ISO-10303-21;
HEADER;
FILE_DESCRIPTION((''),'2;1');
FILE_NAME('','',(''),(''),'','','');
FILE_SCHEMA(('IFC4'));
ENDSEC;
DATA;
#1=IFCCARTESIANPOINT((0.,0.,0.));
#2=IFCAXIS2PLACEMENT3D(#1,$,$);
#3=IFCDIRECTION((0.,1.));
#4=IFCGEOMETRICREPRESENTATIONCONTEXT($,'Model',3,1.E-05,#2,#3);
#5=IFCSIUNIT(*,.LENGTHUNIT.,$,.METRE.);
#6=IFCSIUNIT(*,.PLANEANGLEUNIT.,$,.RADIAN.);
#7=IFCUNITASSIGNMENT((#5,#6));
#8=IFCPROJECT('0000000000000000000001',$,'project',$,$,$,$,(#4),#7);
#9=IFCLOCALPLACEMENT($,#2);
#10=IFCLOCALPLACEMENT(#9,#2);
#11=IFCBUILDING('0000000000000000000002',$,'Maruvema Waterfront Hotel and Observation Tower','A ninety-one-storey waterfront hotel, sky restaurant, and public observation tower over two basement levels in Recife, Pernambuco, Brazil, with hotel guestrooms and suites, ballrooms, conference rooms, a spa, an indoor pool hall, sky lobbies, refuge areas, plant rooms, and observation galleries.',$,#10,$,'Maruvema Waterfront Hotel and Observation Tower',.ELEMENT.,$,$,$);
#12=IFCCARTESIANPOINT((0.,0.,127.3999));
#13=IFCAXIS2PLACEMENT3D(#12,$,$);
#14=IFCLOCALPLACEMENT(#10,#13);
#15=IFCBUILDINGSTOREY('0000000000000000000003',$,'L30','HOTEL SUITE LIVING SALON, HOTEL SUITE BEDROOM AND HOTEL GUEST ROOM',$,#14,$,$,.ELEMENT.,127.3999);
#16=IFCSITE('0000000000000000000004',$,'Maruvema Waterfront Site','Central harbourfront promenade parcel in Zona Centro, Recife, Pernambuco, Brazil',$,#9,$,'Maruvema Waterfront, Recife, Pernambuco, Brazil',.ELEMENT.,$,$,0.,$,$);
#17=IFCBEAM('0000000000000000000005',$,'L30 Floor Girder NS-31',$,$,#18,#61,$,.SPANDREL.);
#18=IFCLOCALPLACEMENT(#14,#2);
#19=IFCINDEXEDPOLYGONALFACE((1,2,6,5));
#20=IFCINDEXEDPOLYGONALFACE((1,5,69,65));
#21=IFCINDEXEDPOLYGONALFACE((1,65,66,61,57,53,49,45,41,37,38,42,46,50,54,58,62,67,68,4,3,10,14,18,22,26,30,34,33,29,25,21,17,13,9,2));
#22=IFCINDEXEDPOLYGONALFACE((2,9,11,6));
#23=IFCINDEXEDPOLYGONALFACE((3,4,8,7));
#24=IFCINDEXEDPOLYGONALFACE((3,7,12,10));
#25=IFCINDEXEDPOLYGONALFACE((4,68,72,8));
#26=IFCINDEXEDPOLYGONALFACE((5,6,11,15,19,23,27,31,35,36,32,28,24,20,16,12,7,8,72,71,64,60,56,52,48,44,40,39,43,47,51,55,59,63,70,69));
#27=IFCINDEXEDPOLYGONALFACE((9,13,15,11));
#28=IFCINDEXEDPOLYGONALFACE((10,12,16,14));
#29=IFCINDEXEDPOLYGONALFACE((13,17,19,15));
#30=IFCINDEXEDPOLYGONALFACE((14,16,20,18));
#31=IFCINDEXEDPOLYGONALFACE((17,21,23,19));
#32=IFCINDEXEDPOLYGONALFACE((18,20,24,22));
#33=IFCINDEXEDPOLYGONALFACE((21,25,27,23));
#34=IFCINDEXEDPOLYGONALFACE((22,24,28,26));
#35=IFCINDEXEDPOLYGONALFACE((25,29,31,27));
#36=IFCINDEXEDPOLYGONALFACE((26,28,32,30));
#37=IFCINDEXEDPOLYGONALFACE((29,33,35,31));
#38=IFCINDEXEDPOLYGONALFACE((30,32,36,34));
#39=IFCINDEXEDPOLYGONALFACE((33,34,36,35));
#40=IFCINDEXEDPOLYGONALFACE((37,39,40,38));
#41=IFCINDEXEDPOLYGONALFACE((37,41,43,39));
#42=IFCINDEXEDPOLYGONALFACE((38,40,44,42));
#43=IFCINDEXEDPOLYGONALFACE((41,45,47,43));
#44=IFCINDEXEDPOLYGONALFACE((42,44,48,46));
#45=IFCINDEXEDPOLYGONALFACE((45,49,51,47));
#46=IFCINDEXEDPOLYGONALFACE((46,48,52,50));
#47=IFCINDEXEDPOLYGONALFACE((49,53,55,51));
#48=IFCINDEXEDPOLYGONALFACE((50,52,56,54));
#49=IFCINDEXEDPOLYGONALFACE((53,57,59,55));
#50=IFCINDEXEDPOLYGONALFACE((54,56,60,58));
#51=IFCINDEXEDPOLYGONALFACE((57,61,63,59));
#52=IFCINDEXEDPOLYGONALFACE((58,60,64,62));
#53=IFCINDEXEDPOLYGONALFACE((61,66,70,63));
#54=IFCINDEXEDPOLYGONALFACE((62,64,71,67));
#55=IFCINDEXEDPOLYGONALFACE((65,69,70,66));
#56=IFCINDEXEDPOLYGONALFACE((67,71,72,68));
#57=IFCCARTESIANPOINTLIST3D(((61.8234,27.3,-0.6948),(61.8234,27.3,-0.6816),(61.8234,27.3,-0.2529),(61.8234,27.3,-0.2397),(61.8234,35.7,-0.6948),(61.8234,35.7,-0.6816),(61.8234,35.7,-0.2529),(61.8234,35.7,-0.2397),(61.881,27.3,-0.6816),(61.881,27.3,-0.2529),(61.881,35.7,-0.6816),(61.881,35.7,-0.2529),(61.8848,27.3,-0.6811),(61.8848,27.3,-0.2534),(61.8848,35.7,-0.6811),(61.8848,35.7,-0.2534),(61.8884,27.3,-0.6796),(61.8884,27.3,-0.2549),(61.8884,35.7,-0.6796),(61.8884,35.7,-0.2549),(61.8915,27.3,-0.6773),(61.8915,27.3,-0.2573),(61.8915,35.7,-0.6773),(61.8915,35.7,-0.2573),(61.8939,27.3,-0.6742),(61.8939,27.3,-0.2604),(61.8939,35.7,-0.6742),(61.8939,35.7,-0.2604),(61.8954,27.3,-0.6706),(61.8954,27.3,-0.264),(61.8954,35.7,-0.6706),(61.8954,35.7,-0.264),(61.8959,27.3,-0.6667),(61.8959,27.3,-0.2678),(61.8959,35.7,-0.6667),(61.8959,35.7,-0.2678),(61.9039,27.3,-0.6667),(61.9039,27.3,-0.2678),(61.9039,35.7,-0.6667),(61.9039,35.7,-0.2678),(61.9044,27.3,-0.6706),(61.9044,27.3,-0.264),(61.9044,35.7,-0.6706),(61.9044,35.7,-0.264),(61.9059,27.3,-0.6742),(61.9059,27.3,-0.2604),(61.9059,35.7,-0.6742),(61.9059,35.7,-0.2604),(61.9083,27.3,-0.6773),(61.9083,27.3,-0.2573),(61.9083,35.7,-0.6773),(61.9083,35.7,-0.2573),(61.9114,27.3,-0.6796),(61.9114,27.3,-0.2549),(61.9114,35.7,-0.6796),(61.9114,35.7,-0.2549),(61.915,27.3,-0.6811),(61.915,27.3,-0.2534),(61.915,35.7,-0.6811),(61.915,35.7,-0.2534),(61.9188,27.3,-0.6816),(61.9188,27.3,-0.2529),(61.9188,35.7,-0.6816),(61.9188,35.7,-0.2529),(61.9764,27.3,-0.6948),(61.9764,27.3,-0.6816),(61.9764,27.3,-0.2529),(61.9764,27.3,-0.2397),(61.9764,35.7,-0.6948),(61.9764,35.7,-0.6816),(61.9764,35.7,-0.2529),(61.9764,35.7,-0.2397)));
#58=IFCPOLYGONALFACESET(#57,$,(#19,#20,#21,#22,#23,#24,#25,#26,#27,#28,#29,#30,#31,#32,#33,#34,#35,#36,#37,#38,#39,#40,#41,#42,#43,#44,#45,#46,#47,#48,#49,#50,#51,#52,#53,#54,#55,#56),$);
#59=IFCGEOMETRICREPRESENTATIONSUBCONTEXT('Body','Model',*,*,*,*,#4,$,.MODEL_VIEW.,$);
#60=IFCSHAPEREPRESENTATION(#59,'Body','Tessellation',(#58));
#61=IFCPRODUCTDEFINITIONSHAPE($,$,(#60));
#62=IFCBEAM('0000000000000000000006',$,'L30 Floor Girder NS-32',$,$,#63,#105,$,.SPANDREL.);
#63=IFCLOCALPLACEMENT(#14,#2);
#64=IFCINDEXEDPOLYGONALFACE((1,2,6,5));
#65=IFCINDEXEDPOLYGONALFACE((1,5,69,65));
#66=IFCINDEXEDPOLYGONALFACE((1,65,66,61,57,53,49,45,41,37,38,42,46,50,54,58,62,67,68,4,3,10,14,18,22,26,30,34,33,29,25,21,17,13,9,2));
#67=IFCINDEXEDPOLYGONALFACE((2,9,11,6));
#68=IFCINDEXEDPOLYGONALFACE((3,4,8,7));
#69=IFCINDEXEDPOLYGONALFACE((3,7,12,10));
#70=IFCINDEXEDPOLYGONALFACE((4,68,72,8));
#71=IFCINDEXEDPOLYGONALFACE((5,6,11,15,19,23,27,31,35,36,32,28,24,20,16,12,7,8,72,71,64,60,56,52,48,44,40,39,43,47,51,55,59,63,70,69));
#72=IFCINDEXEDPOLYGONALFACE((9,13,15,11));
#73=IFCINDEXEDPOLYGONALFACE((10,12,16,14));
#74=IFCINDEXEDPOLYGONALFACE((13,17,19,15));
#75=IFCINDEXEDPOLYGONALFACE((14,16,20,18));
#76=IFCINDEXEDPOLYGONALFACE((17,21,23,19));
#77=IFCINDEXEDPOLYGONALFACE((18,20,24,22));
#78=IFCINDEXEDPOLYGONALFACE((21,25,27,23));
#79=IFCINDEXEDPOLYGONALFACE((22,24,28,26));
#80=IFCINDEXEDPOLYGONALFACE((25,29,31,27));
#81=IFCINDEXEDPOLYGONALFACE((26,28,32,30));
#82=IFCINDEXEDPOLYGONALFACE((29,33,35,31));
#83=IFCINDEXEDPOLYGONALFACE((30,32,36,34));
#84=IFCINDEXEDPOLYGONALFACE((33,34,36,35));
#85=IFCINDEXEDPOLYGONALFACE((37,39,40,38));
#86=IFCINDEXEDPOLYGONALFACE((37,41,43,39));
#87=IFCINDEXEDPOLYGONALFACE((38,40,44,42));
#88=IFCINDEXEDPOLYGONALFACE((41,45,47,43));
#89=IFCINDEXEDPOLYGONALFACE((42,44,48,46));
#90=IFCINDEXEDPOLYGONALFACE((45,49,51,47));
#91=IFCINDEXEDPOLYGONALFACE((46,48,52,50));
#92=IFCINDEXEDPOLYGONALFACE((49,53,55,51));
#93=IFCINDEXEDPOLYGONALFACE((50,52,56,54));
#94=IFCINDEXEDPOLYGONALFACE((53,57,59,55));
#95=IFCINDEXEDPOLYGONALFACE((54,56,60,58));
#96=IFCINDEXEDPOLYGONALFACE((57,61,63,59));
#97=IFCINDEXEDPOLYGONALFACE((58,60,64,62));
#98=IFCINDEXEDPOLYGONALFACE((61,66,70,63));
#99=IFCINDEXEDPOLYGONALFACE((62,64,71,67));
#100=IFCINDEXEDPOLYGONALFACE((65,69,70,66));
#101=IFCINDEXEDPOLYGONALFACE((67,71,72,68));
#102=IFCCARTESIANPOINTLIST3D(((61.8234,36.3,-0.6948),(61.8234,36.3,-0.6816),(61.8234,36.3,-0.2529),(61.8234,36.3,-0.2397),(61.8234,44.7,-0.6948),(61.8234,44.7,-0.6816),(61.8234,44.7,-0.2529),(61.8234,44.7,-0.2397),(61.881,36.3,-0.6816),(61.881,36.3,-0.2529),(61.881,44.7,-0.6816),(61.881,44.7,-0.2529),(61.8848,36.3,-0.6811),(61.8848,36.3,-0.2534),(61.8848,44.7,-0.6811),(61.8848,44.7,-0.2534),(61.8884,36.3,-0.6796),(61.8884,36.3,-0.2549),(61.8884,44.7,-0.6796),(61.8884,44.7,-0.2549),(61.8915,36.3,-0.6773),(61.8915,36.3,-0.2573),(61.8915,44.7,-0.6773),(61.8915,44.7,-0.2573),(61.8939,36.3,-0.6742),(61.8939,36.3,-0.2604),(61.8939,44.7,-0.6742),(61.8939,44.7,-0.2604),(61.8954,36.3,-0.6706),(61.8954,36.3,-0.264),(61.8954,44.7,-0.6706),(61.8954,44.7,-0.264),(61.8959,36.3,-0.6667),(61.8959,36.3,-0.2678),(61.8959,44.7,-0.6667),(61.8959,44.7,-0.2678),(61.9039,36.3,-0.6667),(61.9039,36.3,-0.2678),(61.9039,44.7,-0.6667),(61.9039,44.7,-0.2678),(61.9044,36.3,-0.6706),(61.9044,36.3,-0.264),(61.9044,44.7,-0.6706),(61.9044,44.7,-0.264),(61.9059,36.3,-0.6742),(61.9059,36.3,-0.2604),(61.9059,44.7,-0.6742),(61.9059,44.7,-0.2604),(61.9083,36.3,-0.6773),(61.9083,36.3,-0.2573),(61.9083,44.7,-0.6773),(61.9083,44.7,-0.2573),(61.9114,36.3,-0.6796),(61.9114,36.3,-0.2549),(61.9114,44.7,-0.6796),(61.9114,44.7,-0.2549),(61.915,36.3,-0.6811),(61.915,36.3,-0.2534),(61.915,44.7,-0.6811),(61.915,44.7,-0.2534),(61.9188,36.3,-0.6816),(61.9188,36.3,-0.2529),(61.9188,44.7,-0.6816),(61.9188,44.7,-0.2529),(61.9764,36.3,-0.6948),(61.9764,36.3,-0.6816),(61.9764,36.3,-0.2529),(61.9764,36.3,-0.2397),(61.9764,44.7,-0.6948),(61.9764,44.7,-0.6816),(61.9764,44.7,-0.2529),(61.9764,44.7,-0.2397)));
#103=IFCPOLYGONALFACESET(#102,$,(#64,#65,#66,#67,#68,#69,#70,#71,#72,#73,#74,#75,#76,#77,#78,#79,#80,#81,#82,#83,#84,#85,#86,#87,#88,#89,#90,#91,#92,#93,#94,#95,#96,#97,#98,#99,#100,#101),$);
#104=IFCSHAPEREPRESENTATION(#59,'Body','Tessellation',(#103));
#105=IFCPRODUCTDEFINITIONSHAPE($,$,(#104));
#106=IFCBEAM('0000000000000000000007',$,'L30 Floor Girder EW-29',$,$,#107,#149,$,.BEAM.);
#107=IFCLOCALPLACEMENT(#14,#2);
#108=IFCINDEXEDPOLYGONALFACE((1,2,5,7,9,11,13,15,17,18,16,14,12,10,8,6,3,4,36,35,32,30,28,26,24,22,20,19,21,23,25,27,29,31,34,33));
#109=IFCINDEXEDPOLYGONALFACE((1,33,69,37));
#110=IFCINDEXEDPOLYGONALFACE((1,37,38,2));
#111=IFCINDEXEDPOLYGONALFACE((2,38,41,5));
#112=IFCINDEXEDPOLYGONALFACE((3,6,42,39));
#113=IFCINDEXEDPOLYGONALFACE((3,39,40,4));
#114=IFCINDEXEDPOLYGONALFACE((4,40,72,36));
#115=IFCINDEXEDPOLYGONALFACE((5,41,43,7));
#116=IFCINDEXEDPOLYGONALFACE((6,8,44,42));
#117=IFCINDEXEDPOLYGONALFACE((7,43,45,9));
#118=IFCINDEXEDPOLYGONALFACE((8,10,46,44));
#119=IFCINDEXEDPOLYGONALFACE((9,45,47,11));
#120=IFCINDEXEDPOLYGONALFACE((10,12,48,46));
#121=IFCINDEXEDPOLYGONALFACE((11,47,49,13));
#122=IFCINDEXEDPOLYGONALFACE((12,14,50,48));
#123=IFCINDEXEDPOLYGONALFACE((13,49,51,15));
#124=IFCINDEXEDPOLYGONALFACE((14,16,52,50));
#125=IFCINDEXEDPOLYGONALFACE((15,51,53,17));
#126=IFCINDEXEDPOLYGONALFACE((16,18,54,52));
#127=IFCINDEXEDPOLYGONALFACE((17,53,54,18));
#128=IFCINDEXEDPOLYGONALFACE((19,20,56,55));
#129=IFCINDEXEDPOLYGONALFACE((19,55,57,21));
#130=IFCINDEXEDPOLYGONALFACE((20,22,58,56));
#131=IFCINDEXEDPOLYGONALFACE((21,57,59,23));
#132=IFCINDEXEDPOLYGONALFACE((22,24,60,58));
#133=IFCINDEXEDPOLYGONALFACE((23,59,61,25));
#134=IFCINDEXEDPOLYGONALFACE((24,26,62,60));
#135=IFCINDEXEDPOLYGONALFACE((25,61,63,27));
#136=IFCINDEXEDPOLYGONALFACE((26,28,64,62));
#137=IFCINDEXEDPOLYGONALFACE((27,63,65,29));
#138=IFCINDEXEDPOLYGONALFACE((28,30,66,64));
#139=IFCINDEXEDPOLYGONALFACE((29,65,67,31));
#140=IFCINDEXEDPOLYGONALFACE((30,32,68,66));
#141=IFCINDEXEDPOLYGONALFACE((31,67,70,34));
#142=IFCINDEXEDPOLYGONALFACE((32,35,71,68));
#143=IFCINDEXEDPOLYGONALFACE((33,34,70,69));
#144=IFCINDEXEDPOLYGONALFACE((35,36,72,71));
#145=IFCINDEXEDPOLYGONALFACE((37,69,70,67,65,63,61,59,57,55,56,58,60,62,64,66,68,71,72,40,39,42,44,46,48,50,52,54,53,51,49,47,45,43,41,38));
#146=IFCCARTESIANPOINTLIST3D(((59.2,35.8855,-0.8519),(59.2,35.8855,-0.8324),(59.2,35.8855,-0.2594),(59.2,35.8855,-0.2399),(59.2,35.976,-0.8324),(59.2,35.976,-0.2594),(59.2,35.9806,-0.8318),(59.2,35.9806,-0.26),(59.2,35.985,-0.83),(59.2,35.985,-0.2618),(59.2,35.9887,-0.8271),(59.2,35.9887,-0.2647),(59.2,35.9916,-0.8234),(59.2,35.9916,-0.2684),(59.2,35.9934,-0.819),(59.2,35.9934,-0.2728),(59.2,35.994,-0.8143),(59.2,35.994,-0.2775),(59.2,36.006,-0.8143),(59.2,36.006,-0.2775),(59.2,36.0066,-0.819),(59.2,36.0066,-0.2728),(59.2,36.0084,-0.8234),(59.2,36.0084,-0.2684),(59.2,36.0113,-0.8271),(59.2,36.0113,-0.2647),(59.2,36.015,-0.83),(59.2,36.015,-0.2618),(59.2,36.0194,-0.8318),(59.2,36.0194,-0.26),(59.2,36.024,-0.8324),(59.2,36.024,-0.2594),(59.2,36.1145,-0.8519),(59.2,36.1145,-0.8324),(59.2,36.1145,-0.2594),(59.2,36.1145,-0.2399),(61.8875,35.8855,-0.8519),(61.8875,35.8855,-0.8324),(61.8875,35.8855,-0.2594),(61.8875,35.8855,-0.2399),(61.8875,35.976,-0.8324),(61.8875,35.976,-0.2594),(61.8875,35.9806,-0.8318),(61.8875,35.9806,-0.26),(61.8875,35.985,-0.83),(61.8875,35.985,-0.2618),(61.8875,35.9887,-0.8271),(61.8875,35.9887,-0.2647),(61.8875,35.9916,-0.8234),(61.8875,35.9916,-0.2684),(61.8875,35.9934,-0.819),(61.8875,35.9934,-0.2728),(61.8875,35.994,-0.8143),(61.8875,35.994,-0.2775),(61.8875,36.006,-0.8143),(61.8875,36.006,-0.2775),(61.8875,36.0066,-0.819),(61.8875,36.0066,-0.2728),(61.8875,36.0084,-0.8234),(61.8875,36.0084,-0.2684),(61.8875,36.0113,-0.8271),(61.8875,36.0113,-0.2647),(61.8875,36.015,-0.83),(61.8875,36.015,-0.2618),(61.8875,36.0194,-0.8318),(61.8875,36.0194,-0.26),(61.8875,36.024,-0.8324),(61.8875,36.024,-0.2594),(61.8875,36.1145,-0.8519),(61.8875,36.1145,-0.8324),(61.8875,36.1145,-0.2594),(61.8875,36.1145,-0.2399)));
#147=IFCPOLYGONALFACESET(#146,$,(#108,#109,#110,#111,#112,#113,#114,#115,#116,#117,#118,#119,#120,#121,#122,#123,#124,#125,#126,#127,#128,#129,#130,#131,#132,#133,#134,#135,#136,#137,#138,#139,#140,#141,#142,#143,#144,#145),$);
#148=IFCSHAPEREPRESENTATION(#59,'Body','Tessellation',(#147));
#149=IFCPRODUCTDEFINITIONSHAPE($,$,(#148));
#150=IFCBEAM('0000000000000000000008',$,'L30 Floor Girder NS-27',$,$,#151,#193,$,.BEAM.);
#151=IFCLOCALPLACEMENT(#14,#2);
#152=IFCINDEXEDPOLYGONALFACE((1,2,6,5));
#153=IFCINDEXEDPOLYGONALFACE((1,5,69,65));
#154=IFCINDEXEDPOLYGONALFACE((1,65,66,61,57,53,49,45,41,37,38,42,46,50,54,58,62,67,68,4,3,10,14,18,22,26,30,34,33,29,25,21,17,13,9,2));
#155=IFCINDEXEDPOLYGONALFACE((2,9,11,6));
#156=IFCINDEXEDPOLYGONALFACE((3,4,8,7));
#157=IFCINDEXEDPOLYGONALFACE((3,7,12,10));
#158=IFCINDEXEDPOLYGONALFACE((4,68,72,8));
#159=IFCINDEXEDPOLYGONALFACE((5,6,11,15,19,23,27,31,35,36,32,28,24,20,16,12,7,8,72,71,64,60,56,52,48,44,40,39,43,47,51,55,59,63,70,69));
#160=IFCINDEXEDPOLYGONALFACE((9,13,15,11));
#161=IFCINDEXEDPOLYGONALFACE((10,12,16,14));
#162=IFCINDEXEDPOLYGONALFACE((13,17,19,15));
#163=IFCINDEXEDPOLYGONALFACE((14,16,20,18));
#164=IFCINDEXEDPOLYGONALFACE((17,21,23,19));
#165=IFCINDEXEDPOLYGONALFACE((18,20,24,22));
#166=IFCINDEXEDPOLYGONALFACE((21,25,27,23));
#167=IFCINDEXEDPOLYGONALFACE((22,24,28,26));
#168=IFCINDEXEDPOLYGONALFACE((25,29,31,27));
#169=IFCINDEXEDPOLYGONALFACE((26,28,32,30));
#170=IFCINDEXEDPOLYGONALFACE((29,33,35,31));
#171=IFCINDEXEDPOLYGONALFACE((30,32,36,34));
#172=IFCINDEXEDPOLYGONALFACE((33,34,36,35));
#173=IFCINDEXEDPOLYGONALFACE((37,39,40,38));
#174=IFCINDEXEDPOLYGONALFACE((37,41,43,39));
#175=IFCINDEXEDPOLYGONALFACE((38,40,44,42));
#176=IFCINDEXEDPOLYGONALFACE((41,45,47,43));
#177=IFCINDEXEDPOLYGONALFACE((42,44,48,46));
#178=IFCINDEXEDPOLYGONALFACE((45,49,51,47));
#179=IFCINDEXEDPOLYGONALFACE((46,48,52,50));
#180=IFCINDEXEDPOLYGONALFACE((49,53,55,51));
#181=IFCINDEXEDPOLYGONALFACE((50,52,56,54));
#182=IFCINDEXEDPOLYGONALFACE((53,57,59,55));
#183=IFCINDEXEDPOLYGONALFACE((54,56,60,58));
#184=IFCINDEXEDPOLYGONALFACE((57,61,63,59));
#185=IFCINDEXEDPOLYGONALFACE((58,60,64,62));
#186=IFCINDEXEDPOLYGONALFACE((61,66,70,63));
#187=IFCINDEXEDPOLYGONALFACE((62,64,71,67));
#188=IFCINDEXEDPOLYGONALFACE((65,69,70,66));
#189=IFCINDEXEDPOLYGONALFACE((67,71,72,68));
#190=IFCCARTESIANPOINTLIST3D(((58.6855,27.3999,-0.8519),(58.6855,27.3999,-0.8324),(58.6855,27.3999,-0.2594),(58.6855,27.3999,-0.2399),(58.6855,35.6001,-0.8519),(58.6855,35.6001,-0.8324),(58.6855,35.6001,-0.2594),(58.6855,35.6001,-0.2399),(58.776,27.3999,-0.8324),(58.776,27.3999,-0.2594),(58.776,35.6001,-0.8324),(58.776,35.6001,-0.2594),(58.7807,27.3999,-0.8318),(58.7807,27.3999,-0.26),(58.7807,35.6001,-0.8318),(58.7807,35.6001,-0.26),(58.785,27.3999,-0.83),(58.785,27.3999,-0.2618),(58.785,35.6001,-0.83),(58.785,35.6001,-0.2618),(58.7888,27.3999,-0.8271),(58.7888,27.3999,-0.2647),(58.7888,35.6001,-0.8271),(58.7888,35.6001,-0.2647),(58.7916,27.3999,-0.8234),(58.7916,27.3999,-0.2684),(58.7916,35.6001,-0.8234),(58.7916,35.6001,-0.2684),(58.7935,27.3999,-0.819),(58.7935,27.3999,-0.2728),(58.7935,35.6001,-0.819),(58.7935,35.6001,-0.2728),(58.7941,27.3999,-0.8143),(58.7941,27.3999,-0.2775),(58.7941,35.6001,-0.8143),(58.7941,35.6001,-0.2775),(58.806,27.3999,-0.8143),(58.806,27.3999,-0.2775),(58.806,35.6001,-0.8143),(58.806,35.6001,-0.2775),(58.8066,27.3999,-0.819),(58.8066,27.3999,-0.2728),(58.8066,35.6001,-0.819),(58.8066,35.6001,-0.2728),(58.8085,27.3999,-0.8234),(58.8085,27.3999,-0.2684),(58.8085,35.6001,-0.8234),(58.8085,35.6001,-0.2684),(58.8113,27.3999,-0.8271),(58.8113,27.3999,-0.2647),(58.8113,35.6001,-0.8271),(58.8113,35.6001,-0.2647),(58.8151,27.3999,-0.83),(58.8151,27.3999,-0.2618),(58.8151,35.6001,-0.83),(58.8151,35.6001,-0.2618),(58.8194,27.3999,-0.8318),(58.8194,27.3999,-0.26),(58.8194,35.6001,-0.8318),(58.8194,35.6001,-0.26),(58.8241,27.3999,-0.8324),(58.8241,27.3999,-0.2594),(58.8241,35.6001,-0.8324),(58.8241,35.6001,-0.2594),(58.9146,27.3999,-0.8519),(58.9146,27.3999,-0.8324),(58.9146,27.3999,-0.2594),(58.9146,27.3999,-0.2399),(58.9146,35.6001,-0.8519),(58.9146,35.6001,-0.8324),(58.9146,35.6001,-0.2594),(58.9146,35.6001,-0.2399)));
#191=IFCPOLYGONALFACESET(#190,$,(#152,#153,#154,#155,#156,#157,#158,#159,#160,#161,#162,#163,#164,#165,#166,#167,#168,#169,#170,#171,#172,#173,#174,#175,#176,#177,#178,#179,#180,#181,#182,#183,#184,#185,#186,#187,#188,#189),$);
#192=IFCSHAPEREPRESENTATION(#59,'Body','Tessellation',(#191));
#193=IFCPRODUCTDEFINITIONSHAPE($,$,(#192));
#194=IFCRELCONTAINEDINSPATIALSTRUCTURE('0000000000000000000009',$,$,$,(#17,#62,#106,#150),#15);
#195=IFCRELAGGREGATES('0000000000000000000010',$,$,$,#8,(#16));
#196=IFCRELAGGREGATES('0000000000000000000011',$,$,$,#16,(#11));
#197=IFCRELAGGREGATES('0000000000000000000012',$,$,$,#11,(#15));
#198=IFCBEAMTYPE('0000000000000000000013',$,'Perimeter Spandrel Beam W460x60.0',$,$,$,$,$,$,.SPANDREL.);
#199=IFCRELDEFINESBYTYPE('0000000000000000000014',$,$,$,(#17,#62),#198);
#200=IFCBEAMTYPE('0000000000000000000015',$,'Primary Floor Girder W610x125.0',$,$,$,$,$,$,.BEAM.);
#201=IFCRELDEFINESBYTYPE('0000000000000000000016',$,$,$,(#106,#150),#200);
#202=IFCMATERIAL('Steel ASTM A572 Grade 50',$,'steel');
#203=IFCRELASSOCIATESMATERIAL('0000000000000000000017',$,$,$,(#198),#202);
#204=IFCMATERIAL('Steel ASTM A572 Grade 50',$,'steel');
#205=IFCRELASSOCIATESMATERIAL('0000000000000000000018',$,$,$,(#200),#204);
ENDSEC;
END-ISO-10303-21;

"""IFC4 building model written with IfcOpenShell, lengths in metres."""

from ifc_helpers import new_model, si_unit, direction, frame, origin, origin_2d, place, context, subcontext, project, spatial, i_section, extrude, material, material_profile, profile_set, type_object, element, save


model = new_model("IFC4")

# Units and contexts
model_context = context("Model", 3, precision=1e-05, world=origin(), true_north=direction((0.0, 1.0)))
body_context = subcontext(model_context, "Body", "Model", "MODEL_VIEW")
ifc_project = project(units=[si_unit("LENGTHUNIT", "METRE"), si_unit("PLANEANGLEUNIT", "RADIAN")], contexts=[model_context])

# Site, building, storey
site_placement = place(None, origin())
site = spatial("IfcSite", under=ifc_project, at=site_placement, Name="Maruvema Waterfront Site", Description="Central harbourfront promenade parcel in Zona Centro, Recife, Pernambuco, Brazil", LongName="Maruvema Waterfront, Recife, Pernambuco, Brazil", CompositionType="ELEMENT", RefElevation=0.0)
building_placement = place(site_placement, origin())
building = spatial("IfcBuilding", under=site, at=building_placement, Name="Maruvema Waterfront Hotel and Observation Tower", Description="A ninety-one-storey waterfront hotel, sky restaurant, and public observation tower over two basement levels in Recife, Pernambuco, Brazil, with hotel guestrooms and suites, ballrooms, conference rooms, a spa, an indoor pool hall, sky lobbies, refuge areas, plant rooms, and observation galleries.", LongName="Maruvema Waterfront Hotel and Observation Tower", CompositionType="ELEMENT")
storey_placement = place(building_placement, frame((0.0, 0.0, 127.3999)))
storey = spatial("IfcBuildingStorey", under=building, at=storey_placement, Name="L30", Description="HOTEL SUITE LIVING SALON, HOTEL SUITE BEDROOM AND HOTEL GUEST ROOM", CompositionType="ELEMENT", Elevation=127.3999)

# Beams
ifc_material_1 = material(Name="Steel ASTM A572 Grade 50", Category="steel")
ifc_material_profile_1 = material_profile(ifc_material_1, i_section(OverallWidth=0.1531, OverallDepth=0.4551, WebThickness=0.0081, FlangeThickness=0.0132, FilletRadius=0.0149, at=origin_2d()), Name="W460x60.0")
ifc_profile_set_1 = profile_set([ifc_material_profile_1], Name="Steel ASTM A572 Grade 50")
beam_type_1 = type_object("IfcBeamType", Name="Perimeter Spandrel Beam W460x60.0", PredefinedType="SPANDREL", material=ifc_profile_set_1)
for number, where, z_axis, x_axis, name in (
    (1, (61.8999, 27.3, -0.4673), (0.0, 1.0, 0.0), (-1.0, 0.0, 0.0), "L30 Floor Girder NS-31"),
    (2, (61.8999, 36.3, -0.4673), (0.0, 1.0, 0.0), (-1.0, 0.0, 0.0), "L30 Floor Girder NS-32"),
):
    element("IfcBeam", number, at=place(storey_placement, frame(where, z_axis=z_axis, x_axis=x_axis)), inside=storey, type_object=beam_type_1, Name=name, PredefinedType="SPANDREL", context=body_context, shape_type="SweptSolid", body=[
        extrude(i_section(OverallWidth=0.1531, OverallDepth=0.4551, WebThickness=0.0081, FlangeThickness=0.0132, FilletRadius=0.0149, at=origin_2d()), origin(), (0.0, 0.0, 1.0), 8.3999),
    ])
ifc_material_2 = material(Name="Steel ASTM A572 Grade 50", Category="steel")
ifc_material_profile_2 = material_profile(ifc_material_2, i_section(OverallWidth=0.229, OverallDepth=0.6121, WebThickness=0.012, FlangeThickness=0.0195, FilletRadius=0.0181, at=origin_2d()), Name="W610x125.0")
ifc_profile_set_2 = profile_set([ifc_material_profile_2], Name="Steel ASTM A572 Grade 50")
beam_type_2 = type_object("IfcBeamType", Name="Primary Floor Girder W610x125.0", PredefinedType="BEAM", material=ifc_profile_set_2)
beam_1_placement = place(storey_placement, frame((59.2, 36.0, -0.5459), z_axis=(1.0, 0.0, 0.0), x_axis=(0.0, 1.0, 0.0)))
element("IfcBeam", 3, at=beam_1_placement, inside=storey, type_object=beam_type_2, Name="L30 Floor Girder EW-29", PredefinedType="BEAM", context=body_context, shape_type="SweptSolid", body=[
    extrude(i_section(OverallWidth=0.229, OverallDepth=0.6121, WebThickness=0.012, FlangeThickness=0.0195, FilletRadius=0.0181, at=origin_2d()), origin(), (0.0, 0.0, 1.0), 2.6875),
])
for number, where, z_axis, x_axis, name in (
    (4, (58.8, 27.3999, -0.5459), (0.0, 1.0, 0.0), (-1.0, 0.0, 0.0), "L30 Floor Girder NS-27"),
):
    element("IfcBeam", number, at=place(storey_placement, frame(where, z_axis=z_axis, x_axis=x_axis)), inside=storey, type_object=beam_type_2, Name=name, PredefinedType="BEAM", context=body_context, shape_type="SweptSolid", body=[
        extrude(i_section(OverallWidth=0.229, OverallDepth=0.6121, WebThickness=0.012, FlangeThickness=0.0195, FilletRadius=0.0181, at=origin_2d()), origin(), (0.0, 0.0, 1.0), 8.2002),
    ])

save(model, "model.ifc")
